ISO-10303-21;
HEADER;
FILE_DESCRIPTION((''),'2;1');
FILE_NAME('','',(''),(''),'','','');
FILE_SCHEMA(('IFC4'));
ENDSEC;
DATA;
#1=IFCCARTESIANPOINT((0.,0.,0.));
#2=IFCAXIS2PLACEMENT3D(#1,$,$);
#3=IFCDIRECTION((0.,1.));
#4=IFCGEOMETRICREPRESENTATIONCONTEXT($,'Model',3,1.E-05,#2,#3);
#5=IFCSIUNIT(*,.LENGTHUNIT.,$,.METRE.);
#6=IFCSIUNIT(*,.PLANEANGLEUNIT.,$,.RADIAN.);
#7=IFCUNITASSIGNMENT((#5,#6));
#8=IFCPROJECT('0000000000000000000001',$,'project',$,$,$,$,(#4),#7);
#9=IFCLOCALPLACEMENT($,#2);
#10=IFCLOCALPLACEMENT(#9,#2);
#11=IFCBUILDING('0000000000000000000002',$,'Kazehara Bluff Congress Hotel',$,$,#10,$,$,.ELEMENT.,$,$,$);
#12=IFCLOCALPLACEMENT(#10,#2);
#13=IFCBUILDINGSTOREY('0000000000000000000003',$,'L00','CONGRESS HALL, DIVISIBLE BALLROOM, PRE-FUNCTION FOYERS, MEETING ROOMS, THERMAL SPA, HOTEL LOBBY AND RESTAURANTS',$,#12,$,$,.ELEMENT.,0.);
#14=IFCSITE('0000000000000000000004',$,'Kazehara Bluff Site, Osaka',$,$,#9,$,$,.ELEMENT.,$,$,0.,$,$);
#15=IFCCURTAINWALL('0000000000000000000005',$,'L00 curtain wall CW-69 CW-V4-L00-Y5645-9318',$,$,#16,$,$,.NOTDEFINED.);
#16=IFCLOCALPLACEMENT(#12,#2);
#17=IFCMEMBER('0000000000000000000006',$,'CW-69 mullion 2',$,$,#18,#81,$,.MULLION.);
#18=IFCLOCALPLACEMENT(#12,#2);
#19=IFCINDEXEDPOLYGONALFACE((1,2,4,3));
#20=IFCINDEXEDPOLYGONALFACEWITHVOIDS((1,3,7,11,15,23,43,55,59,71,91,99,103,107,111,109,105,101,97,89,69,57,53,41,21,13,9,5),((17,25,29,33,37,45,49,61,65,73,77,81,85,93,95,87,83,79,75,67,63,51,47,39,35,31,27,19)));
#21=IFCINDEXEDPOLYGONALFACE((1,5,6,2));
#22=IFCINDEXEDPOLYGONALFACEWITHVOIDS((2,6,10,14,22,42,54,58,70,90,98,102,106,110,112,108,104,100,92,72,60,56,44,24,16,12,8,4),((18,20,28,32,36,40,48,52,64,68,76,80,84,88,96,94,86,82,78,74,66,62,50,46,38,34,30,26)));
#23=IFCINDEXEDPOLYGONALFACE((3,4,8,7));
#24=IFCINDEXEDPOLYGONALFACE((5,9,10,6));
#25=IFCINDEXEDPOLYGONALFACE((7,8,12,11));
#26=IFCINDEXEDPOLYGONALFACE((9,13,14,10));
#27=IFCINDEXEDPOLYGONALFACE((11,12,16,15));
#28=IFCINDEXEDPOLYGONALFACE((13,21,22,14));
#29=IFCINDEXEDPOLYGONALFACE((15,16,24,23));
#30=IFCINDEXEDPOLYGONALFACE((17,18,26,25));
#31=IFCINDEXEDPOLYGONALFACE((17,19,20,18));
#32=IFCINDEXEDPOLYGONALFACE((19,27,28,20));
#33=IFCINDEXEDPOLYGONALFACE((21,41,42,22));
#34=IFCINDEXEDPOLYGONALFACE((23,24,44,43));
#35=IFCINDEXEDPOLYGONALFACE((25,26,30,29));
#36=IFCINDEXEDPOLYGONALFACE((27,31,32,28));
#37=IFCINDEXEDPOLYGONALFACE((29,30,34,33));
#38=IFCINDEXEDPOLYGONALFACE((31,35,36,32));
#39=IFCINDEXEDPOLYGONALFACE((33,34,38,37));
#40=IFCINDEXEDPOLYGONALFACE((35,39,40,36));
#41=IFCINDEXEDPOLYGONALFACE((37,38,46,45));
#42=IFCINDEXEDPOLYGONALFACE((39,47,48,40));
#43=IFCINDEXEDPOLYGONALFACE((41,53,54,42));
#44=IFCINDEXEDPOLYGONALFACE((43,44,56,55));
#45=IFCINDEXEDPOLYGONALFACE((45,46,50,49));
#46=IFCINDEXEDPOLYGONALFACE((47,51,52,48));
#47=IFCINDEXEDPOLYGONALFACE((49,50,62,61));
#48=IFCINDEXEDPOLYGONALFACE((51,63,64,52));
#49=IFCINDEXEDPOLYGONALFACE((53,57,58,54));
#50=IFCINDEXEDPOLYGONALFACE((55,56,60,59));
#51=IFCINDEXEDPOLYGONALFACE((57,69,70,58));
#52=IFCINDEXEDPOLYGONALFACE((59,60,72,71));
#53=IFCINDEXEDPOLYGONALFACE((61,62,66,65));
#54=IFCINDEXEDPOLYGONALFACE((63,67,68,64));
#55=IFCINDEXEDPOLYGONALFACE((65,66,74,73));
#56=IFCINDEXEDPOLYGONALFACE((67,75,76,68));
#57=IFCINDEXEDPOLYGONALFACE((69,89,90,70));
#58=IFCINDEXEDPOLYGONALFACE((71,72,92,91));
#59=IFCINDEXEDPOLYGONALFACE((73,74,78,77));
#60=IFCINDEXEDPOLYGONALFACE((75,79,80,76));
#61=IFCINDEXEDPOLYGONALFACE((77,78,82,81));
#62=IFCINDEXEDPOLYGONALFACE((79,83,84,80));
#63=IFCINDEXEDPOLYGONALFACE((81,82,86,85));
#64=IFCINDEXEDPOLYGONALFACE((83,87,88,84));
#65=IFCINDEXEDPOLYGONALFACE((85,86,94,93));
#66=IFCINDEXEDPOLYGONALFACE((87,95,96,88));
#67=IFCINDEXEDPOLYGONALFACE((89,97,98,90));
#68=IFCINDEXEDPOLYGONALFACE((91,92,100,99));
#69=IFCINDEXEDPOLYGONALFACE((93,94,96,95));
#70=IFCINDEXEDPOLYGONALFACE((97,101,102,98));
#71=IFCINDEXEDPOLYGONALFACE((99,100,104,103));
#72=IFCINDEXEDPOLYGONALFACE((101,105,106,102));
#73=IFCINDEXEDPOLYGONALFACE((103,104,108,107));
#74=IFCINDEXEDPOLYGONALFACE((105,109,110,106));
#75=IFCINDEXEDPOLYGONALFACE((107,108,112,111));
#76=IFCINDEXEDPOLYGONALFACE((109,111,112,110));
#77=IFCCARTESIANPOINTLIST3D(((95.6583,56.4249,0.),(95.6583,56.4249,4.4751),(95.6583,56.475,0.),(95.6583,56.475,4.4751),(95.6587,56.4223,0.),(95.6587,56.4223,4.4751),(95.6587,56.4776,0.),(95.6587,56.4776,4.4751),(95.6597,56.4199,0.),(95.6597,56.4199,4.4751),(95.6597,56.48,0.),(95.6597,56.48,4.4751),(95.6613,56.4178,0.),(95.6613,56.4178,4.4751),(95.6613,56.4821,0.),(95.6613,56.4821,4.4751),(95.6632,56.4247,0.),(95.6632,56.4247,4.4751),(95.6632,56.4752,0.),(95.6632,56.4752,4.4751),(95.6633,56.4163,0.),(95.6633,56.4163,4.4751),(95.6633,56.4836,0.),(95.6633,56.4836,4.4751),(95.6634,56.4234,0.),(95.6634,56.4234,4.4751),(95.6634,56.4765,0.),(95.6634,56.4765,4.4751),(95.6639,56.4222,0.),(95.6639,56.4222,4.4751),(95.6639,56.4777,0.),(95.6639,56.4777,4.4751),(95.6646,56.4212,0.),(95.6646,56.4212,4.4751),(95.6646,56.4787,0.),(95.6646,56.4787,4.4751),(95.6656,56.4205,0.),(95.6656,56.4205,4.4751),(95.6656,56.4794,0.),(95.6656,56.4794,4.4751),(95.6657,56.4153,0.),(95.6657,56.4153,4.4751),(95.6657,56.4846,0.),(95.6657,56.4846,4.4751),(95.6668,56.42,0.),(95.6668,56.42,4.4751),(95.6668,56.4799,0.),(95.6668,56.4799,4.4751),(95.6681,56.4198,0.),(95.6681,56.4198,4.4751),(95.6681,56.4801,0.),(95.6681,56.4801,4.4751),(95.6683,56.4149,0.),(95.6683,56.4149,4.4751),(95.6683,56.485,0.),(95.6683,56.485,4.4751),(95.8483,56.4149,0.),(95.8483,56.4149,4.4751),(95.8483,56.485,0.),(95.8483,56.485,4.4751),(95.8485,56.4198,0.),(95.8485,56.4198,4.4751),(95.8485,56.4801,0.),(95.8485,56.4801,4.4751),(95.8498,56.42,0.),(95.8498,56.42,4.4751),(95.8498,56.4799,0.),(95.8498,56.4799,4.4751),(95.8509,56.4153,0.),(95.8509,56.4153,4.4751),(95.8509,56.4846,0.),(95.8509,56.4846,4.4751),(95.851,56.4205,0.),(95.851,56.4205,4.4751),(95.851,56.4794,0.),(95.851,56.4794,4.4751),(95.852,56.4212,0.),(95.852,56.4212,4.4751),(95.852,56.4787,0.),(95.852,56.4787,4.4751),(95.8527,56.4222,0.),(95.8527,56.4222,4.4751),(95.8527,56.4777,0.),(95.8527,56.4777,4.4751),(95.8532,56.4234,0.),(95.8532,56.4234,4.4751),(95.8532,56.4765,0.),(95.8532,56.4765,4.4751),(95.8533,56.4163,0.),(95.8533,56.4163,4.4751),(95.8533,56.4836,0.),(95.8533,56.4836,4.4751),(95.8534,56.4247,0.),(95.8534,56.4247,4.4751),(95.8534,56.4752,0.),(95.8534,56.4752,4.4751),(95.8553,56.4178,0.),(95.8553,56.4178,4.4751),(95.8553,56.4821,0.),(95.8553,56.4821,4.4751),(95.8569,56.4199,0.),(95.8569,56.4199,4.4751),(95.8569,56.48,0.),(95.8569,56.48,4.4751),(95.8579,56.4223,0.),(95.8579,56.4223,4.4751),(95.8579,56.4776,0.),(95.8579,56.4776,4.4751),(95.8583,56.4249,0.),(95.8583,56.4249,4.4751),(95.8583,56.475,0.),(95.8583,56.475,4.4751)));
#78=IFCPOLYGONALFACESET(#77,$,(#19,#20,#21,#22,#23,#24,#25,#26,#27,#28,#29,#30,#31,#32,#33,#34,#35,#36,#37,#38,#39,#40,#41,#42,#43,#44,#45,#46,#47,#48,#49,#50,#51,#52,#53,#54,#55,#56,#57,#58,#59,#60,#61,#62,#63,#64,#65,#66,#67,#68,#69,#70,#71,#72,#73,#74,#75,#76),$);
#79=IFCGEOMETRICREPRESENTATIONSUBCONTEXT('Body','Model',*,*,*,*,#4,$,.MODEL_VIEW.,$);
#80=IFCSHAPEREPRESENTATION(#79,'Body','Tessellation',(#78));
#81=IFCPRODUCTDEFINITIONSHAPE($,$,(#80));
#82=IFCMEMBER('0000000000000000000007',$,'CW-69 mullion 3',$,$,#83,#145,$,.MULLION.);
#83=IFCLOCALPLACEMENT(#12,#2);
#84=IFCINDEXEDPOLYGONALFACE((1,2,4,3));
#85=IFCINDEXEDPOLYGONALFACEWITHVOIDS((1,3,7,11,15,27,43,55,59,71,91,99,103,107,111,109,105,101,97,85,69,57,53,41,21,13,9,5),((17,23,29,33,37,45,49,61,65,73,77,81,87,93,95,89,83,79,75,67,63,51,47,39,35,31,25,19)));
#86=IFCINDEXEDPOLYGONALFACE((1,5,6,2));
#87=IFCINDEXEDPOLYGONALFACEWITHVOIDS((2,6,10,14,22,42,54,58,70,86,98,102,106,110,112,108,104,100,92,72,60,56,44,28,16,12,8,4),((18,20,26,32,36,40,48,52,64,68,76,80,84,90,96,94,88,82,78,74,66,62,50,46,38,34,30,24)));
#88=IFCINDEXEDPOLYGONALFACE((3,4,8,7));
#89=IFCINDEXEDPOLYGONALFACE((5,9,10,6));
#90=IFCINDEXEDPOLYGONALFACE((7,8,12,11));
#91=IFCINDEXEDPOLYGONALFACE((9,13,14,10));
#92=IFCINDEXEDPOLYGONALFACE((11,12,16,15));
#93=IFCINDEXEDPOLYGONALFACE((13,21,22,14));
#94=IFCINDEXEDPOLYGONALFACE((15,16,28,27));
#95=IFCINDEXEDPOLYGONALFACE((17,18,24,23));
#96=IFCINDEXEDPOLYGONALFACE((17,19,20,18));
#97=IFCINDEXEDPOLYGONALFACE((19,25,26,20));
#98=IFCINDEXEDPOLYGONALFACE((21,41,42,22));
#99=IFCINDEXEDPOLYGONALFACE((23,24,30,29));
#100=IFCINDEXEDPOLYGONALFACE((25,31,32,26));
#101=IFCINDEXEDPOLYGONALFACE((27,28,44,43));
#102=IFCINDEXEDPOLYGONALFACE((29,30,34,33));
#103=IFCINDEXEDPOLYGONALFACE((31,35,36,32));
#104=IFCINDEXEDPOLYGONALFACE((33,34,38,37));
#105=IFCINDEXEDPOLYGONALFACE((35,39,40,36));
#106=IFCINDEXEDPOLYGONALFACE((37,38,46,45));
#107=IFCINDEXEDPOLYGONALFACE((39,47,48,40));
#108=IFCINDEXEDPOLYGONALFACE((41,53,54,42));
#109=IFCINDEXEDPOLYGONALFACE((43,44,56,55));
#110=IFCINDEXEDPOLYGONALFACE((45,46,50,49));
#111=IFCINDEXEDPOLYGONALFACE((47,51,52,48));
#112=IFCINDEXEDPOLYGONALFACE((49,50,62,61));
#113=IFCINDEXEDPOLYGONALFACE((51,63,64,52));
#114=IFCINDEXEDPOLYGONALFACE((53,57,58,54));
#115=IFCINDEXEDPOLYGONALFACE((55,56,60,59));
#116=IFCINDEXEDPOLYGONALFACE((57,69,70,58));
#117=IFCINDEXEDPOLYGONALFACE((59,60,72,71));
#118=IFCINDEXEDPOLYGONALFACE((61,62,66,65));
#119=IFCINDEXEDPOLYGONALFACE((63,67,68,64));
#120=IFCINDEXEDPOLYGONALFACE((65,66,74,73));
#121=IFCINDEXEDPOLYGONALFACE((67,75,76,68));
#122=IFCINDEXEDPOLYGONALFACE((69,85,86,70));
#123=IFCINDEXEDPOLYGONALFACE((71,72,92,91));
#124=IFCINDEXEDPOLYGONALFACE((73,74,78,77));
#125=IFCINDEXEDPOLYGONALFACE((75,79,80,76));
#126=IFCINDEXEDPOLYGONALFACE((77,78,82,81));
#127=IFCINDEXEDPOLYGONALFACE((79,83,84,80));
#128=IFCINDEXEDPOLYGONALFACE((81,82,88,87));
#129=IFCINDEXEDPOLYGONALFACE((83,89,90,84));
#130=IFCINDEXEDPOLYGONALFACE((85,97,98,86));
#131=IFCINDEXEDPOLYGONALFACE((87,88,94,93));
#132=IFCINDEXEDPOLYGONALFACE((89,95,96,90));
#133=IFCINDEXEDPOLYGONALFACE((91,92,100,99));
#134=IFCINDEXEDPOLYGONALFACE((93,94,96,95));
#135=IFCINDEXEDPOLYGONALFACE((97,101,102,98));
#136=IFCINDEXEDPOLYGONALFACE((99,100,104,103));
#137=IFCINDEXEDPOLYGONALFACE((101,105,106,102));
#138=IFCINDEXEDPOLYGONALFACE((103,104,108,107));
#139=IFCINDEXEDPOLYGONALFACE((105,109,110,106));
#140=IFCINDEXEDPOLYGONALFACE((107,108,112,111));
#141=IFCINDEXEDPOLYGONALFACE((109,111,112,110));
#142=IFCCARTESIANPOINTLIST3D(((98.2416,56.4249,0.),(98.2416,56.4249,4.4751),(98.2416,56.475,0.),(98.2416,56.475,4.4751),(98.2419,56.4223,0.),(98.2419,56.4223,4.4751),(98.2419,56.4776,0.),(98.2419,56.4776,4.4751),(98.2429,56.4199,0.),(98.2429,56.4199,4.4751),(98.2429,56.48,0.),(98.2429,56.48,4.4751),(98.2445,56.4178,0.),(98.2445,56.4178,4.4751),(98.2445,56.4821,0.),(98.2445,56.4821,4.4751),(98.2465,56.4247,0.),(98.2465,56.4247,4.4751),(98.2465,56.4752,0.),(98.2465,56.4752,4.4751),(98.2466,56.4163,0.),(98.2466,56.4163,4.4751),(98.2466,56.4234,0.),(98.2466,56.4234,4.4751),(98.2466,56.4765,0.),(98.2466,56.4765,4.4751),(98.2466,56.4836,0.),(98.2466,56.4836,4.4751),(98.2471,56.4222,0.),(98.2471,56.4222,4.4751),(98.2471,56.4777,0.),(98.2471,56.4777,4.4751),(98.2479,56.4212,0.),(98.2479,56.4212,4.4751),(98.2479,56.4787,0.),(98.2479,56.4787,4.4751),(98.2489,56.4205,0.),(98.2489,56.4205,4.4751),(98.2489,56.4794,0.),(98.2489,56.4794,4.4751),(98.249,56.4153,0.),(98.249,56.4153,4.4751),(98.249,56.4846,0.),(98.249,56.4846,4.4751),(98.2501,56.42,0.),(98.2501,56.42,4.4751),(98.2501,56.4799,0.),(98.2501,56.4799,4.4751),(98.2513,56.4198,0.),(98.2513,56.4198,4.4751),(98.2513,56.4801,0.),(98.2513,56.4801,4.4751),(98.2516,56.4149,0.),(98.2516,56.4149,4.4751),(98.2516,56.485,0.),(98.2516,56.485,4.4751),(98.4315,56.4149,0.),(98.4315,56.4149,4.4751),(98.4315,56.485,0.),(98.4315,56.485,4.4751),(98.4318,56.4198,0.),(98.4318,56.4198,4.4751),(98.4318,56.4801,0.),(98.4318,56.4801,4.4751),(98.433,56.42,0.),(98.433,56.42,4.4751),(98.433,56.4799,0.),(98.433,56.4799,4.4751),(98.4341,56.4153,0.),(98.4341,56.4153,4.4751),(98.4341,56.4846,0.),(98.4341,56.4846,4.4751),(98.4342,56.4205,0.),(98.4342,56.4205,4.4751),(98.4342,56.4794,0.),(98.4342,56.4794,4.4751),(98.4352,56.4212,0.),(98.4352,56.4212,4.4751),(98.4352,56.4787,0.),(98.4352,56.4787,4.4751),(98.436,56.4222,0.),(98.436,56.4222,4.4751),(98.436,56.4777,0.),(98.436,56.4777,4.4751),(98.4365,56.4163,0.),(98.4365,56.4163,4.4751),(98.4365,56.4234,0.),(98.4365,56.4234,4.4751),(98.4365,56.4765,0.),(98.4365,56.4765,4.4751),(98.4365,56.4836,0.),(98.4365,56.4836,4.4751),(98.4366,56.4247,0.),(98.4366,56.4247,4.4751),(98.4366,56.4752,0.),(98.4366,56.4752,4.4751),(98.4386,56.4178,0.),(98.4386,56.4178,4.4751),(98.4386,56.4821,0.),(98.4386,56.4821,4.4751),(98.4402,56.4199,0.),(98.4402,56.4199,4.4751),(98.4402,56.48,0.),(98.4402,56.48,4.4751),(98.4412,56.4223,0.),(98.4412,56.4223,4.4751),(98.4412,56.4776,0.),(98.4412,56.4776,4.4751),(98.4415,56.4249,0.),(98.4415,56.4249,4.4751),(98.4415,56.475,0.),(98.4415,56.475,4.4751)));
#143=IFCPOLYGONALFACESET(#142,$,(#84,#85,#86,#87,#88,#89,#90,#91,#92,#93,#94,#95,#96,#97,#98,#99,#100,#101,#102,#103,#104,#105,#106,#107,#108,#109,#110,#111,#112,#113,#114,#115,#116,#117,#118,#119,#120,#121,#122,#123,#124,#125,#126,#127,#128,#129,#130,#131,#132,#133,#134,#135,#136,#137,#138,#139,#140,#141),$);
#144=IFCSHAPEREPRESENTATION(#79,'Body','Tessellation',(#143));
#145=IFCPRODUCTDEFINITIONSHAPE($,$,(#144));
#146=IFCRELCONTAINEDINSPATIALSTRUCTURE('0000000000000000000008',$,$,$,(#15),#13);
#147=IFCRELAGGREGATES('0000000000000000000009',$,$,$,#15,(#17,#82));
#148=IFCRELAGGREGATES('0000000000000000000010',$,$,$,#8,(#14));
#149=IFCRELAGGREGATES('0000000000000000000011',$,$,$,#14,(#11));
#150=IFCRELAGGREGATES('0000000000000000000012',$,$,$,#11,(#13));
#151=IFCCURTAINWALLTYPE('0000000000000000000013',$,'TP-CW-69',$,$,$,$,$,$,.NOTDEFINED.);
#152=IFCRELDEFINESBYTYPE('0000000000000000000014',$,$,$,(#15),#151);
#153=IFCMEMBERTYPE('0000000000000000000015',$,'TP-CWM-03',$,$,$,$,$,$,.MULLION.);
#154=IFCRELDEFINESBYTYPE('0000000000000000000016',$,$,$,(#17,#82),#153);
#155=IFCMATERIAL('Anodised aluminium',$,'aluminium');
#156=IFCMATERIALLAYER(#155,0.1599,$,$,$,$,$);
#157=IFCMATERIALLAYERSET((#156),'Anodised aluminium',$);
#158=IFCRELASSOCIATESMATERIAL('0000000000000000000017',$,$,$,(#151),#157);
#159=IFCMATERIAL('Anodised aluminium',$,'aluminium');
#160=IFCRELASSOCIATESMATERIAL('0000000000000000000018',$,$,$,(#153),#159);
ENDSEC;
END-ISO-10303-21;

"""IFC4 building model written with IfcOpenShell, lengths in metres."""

from ifc_helpers import new_model, si_unit, direction, frame, origin, origin_2d, place, context, subcontext, project, spatial, hollow_rectangle, extrude, material, layer, layer_set, material_profile, profile_set, type_object, element, aggregate, save


model = new_model("IFC4")

# Units and contexts
model_context = context("Model", 3, precision=1e-05, world=origin(), true_north=direction((0.0, 1.0)))
body_context = subcontext(model_context, "Body", "Model", "MODEL_VIEW")
ifc_project = project(units=[si_unit("LENGTHUNIT", "METRE"), si_unit("PLANEANGLEUNIT", "RADIAN")], contexts=[model_context])

# Site, building, storey
site_placement = place(None, origin())
site = spatial("IfcSite", under=ifc_project, at=site_placement, Name="Kazehara Bluff Site, Osaka", CompositionType="ELEMENT", RefElevation=0.0)
building_placement = place(site_placement, origin())
building = spatial("IfcBuilding", under=site, at=building_placement, Name="Kazehara Bluff Congress Hotel", CompositionType="ELEMENT")
storey_placement = place(building_placement, origin())
storey = spatial("IfcBuildingStorey", under=building, at=storey_placement, Name="L00", Description="CONGRESS HALL, DIVISIBLE BALLROOM, PRE-FUNCTION FOYERS, MEETING ROOMS, THERMAL SPA, HOTEL LOBBY AND RESTAURANTS", CompositionType="ELEMENT", Elevation=0.0)

# Curtain wall, members
ifc_material_1 = material(Name="Anodised aluminium", Category="aluminium")
ifc_layer_1 = layer(ifc_material_1, 0.1599)
ifc_layer_set_1 = layer_set([ifc_layer_1], Name="Anodised aluminium")
curtain_wall_type = type_object("IfcCurtainWallType", Name="TP-CW-69", PredefinedType="NOTDEFINED", material=ifc_layer_set_1)
curtain_wall_placement = place(storey_placement, origin())
curtain_wall = element("IfcCurtainWall", 1, at=curtain_wall_placement, inside=storey, type_object=curtain_wall_type, Name="L00 curtain wall CW-69 CW-V4-L00-Y5645-9318", PredefinedType="NOTDEFINED")
ifc_material_2 = material(Name="Anodised aluminium", Category="aluminium")
ifc_material_profile_1 = material_profile(ifc_material_2, hollow_rectangle(XDim=0.0701, YDim=0.2, WallThickness=0.0049, InnerFilletRadius=0.0049, OuterFilletRadius=0.01, at=origin_2d()))
ifc_profile_set_1 = profile_set([ifc_material_profile_1], Name="Anodised aluminium")
member_type_1 = type_object("IfcMemberType", Name="TP-CWM-03", PredefinedType="MULLION", material=ifc_profile_set_1)
member_1_placement = place(storey_placement, frame((95.7583, 56.45, 0.0), z_axis=(0.0, 0.0, 1.0), x_axis=(0.0, 1.0, 0.0)))
member_1 = element("IfcMember", 2, at=member_1_placement, type_object=member_type_1, Name="CW-69 mullion 2", PredefinedType="MULLION", context=body_context, shape_type="SweptSolid", body=[
    extrude(hollow_rectangle(XDim=0.0701, YDim=0.2, WallThickness=0.0049, InnerFilletRadius=0.0049, OuterFilletRadius=0.01, at=origin_2d()), origin(), (0.0, 0.0, 1.0), 4.4751),
])
member_2_placement = place(storey_placement, frame((98.3416, 56.45, 0.0), z_axis=(0.0, 0.0, 1.0), x_axis=(0.0, 1.0, 0.0)))
member_2 = element("IfcMember", 3, at=member_2_placement, type_object=member_type_1, Name="CW-69 mullion 3", PredefinedType="MULLION", context=body_context, shape_type="SweptSolid", body=[
    extrude(hollow_rectangle(XDim=0.0701, YDim=0.2, WallThickness=0.0049, InnerFilletRadius=0.0049, OuterFilletRadius=0.01, at=origin_2d()), origin(), (0.0, 0.0, 1.0), 4.4751),
])
aggregate(curtain_wall, [member_1, member_2])

save(model, "model.ifc")
